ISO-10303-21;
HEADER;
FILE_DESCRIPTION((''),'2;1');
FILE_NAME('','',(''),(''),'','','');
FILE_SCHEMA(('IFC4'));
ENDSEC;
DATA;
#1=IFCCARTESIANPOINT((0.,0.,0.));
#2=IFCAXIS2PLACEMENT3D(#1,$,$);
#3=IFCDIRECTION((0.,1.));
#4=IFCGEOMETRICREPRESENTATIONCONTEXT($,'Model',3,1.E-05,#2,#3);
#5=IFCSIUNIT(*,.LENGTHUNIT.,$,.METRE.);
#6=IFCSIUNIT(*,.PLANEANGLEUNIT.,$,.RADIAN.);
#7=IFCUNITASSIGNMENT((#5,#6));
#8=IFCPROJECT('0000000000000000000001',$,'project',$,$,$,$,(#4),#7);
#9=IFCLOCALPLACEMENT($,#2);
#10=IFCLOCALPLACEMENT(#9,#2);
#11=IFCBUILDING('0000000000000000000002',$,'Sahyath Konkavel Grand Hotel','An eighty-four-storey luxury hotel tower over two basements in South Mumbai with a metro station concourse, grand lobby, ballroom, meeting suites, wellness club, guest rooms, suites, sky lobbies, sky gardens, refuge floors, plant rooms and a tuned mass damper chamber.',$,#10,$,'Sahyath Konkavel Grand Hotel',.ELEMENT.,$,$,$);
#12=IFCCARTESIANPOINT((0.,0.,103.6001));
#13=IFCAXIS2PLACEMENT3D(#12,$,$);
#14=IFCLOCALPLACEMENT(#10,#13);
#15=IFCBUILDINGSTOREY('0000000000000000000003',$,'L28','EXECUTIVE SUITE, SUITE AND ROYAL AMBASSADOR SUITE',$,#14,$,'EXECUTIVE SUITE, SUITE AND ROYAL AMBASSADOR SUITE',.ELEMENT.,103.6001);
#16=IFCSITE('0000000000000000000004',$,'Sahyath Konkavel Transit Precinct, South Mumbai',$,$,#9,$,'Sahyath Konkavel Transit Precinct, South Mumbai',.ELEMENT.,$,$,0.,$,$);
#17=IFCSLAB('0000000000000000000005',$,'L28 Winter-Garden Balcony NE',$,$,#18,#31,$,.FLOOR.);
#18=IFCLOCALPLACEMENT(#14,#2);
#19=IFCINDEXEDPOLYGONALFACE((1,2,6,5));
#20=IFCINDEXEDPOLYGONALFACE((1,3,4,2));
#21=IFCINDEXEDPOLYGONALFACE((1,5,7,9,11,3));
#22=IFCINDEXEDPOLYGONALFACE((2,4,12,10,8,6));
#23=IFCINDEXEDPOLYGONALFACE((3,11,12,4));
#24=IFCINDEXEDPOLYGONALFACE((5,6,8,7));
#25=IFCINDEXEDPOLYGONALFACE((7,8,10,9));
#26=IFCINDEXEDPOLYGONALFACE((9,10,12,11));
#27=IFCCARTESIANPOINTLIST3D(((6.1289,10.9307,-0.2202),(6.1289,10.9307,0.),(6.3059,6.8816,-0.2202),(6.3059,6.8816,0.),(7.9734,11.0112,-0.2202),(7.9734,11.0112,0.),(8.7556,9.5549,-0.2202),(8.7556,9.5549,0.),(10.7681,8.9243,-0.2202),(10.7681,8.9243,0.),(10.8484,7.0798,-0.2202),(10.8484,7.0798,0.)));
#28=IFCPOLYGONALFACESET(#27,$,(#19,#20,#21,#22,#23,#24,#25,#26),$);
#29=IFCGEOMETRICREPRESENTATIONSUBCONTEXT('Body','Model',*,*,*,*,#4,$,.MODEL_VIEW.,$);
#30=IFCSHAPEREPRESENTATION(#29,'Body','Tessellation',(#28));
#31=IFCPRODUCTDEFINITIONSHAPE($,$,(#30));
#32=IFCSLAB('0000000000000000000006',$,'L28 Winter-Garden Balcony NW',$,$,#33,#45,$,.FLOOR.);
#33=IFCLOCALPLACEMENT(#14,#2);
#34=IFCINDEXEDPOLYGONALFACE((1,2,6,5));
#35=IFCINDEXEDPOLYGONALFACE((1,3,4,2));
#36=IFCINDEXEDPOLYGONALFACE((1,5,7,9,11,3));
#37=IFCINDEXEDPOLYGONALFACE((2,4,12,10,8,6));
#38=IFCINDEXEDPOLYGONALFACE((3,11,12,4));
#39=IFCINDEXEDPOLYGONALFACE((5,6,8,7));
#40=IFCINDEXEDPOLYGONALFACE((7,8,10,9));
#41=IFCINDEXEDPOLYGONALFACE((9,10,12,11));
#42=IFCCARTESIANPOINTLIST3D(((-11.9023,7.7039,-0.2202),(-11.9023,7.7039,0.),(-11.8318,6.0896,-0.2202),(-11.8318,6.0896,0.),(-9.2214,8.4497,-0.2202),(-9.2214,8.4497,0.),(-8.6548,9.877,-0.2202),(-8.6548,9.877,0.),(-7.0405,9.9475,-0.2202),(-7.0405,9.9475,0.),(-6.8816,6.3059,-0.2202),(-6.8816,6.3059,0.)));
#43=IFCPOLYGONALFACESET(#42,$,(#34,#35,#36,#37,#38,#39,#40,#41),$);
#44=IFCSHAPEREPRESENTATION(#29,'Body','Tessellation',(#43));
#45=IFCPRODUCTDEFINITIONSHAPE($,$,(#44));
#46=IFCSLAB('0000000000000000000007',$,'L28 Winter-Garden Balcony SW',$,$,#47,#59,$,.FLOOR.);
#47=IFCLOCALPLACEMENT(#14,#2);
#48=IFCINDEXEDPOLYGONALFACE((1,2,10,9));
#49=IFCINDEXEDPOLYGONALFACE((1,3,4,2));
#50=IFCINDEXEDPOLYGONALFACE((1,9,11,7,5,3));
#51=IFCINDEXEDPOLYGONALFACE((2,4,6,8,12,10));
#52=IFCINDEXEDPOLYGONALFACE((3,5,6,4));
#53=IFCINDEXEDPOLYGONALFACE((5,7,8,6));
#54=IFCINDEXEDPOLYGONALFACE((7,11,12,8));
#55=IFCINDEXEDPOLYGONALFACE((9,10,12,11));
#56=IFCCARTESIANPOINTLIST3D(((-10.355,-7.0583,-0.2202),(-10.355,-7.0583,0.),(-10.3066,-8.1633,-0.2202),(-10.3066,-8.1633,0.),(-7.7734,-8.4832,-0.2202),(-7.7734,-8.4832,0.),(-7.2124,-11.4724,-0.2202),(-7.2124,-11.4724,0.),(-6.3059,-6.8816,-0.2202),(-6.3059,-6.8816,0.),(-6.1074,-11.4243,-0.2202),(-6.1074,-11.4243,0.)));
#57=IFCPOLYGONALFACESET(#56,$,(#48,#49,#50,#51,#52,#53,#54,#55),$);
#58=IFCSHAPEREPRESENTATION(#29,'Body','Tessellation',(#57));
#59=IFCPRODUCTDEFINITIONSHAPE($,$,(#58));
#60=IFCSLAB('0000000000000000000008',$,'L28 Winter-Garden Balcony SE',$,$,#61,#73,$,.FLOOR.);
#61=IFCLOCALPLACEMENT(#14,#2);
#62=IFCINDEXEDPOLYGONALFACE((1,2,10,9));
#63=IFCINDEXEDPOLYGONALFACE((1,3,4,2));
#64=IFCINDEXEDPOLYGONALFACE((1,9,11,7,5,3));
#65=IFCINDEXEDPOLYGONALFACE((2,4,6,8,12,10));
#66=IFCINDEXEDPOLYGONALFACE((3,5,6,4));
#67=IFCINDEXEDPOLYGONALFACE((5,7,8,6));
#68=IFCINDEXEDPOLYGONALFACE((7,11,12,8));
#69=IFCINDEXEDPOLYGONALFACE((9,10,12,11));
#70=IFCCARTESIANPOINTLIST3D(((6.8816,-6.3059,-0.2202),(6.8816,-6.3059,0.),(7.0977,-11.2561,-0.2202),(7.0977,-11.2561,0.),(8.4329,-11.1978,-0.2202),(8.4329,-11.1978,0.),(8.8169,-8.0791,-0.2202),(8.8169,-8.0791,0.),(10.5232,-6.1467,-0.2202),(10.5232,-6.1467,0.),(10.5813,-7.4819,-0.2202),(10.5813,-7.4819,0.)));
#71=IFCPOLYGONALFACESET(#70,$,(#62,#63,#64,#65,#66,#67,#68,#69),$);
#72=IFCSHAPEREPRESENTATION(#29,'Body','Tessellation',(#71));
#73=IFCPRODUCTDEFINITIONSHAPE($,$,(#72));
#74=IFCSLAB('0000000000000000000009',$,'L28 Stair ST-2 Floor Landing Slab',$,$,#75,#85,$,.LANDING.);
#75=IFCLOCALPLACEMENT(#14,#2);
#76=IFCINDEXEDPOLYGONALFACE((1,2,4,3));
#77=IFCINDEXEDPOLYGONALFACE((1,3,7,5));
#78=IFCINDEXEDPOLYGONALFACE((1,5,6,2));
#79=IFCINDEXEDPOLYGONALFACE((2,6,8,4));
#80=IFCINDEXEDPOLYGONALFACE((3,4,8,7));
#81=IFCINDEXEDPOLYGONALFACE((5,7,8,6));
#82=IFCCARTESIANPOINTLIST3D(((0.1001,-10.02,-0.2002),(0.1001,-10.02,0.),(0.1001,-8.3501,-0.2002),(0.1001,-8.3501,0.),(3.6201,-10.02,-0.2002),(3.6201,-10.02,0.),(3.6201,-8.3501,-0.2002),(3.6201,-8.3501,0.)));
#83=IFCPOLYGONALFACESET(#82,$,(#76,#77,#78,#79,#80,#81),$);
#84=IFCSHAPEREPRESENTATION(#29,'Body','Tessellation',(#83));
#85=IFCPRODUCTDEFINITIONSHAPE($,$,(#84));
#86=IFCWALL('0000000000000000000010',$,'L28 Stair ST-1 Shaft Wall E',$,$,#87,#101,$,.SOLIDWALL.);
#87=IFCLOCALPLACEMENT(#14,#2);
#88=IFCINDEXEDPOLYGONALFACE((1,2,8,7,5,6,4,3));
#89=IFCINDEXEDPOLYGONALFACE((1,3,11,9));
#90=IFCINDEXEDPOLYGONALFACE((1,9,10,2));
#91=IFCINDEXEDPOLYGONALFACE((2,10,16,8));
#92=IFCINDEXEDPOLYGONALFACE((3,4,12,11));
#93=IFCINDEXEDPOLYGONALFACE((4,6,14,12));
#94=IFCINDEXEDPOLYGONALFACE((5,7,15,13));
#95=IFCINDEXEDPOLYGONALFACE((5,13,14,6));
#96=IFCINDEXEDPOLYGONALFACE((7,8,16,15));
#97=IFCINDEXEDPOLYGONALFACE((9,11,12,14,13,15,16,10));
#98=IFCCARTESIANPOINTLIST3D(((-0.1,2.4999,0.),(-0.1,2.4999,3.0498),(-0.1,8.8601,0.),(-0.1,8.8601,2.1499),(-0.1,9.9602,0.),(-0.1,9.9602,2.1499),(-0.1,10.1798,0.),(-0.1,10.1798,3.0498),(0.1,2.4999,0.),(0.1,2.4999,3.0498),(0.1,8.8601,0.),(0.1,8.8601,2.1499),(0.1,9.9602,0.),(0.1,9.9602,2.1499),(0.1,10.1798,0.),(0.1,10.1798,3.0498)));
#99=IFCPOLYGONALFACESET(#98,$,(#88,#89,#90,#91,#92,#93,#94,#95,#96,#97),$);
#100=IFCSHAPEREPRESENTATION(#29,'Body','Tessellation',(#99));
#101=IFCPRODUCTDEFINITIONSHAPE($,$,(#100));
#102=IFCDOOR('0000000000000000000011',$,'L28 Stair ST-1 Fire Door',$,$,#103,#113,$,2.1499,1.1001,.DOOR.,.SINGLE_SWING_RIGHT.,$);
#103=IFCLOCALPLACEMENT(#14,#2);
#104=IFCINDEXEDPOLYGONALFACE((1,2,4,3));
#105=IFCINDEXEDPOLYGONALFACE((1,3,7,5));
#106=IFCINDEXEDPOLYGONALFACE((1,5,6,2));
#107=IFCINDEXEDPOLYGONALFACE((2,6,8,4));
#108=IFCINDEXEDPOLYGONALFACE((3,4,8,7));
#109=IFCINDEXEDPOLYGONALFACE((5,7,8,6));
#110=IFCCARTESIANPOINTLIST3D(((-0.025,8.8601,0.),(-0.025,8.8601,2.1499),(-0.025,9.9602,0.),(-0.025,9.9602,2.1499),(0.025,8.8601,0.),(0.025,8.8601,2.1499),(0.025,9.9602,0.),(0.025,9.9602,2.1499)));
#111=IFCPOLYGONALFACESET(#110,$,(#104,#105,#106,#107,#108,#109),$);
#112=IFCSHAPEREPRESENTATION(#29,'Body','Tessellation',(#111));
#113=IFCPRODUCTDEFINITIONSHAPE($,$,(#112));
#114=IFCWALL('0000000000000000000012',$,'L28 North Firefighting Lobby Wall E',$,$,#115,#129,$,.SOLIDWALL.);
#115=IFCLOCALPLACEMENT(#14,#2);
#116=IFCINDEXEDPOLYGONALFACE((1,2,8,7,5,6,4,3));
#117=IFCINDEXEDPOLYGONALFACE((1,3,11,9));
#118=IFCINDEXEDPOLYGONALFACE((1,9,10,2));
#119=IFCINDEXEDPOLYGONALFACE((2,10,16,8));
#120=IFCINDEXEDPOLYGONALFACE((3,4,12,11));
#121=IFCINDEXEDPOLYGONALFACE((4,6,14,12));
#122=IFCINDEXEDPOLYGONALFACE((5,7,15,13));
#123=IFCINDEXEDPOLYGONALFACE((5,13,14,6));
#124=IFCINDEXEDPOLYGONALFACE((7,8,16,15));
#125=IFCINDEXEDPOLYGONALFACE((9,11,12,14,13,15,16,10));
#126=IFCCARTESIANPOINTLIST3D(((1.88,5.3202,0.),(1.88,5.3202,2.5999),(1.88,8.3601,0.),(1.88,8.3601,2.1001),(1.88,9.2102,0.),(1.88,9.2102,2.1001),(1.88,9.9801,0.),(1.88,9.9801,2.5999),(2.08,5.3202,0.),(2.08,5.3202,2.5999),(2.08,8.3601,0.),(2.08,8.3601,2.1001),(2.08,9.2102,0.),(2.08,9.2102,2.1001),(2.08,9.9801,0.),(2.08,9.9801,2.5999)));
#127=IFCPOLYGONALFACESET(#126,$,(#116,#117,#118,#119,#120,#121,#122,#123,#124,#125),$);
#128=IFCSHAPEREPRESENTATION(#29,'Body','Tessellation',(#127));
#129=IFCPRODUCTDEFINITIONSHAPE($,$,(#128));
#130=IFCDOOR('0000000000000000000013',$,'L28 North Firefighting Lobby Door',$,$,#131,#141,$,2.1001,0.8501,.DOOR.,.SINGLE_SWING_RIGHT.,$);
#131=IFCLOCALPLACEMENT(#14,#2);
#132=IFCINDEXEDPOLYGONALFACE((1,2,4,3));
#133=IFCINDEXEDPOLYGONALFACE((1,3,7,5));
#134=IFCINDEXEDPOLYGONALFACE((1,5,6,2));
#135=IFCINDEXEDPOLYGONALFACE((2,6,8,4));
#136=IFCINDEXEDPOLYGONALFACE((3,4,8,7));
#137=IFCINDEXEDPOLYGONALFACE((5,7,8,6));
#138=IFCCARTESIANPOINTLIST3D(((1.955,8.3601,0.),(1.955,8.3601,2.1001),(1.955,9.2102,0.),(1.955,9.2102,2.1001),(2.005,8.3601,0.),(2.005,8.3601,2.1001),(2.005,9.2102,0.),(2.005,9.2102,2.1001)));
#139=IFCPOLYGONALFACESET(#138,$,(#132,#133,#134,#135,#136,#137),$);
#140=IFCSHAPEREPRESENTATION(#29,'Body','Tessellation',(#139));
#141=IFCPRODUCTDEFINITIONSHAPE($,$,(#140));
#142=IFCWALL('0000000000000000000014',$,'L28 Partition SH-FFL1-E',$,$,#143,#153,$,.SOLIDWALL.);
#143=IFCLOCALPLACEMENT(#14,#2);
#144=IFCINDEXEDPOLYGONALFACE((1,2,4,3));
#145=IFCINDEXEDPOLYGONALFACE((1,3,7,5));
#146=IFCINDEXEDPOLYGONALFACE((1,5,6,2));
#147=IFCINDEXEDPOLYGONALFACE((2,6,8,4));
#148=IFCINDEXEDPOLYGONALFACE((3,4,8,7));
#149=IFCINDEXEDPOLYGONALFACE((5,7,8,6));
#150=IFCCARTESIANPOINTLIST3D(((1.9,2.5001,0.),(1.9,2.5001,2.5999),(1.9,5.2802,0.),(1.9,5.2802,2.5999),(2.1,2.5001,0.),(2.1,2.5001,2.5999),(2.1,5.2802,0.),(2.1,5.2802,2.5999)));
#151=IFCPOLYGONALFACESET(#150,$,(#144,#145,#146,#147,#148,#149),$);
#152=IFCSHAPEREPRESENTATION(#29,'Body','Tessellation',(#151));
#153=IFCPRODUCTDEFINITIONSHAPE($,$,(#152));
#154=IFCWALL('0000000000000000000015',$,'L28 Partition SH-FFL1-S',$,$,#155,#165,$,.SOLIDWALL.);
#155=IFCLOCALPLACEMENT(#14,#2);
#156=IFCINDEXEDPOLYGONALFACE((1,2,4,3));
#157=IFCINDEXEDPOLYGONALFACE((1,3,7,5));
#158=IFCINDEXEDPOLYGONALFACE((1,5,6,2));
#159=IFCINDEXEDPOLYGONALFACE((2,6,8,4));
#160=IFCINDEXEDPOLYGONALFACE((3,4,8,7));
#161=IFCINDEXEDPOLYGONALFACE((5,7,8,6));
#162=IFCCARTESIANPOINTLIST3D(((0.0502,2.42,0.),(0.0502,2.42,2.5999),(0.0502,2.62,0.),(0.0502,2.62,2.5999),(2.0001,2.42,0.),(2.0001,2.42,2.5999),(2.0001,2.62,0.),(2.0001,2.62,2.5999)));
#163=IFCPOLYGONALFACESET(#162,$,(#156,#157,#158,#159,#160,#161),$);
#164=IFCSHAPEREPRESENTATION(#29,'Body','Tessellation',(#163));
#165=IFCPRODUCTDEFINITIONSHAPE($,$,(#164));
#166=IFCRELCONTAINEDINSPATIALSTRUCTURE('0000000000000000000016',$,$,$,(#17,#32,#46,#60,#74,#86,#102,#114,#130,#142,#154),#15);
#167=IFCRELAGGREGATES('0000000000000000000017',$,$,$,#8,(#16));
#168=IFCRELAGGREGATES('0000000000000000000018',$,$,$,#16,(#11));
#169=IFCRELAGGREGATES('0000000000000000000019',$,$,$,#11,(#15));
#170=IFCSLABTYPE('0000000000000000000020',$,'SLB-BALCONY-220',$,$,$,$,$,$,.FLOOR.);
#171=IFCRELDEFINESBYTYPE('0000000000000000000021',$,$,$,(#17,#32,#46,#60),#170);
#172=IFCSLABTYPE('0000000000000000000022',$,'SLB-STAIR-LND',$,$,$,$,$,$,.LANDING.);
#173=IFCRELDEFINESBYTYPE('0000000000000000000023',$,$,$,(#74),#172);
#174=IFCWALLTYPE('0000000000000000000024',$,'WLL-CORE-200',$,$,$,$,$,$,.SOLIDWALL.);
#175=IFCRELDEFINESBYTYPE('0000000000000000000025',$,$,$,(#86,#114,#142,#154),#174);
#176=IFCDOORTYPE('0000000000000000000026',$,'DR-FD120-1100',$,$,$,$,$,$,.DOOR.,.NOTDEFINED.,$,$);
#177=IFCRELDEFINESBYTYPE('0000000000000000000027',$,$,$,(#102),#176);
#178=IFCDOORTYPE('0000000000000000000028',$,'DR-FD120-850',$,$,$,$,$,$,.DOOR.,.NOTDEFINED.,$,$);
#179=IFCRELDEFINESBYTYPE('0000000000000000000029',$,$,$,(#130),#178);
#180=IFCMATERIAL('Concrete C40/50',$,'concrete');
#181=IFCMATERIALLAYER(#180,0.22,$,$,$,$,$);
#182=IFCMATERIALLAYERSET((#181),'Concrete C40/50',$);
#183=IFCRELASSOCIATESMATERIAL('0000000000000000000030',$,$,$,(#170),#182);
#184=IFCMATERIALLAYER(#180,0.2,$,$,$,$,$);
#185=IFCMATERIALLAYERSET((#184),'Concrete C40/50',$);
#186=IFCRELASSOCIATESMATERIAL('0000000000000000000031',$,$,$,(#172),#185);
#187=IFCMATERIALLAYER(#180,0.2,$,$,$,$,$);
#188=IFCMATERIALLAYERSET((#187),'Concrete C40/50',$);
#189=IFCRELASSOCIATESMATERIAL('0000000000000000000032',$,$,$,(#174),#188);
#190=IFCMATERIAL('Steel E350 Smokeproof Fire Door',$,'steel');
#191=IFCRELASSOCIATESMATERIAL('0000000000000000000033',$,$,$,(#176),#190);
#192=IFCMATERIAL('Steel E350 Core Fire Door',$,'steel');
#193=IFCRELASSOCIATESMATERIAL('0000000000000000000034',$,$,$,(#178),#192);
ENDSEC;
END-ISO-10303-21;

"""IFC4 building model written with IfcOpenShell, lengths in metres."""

from ifc_helpers import new_model, si_unit, direction, frame, frame_2d, origin, origin_2d, place, context, subcontext, project, spatial, polyline, rectangle, outline, extrude, source, transform, mapped, material, layer, layer_set, type_object, element, fill, save


model = new_model("IFC4")

# Units and contexts
model_context = context("Model", 3, precision=1e-05, world=origin(), true_north=direction((0.0, 1.0)))
body_context = subcontext(model_context, "Body", "Model", "MODEL_VIEW")
ifc_project = project(units=[si_unit("LENGTHUNIT", "METRE"), si_unit("PLANEANGLEUNIT", "RADIAN")], contexts=[model_context])

# Site, building, storey
site_placement = place(None, origin())
site = spatial("IfcSite", under=ifc_project, at=site_placement, Name="Sahyath Konkavel Transit Precinct, South Mumbai", LongName="Sahyath Konkavel Transit Precinct, South Mumbai", CompositionType="ELEMENT", RefElevation=0.0)
building_placement = place(site_placement, origin())
building = spatial("IfcBuilding", under=site, at=building_placement, Name="Sahyath Konkavel Grand Hotel", Description="An eighty-four-storey luxury hotel tower over two basements in South Mumbai with a metro station concourse, grand lobby, ballroom, meeting suites, wellness club, guest rooms, suites, sky lobbies, sky gardens, refuge floors, plant rooms and a tuned mass damper chamber.", LongName="Sahyath Konkavel Grand Hotel", CompositionType="ELEMENT")
storey_placement = place(building_placement, frame((0.0, 0.0, 103.6001)))
storey = spatial("IfcBuildingStorey", under=building, at=storey_placement, Name="L28", Description="EXECUTIVE SUITE, SUITE AND ROYAL AMBASSADOR SUITE", LongName="EXECUTIVE SUITE, SUITE AND ROYAL AMBASSADOR SUITE", CompositionType="ELEMENT", Elevation=103.6001)

# Slabs
ifc_material_1 = material(Name="Concrete C40/50", Category="concrete")
ifc_layer_1 = layer(ifc_material_1, 0.22)
ifc_layer_set_1 = layer_set([ifc_layer_1], Name="Concrete C40/50")
slab_type_1 = type_object("IfcSlabType", Name="SLB-BALCONY-220", PredefinedType="FLOOR", material=ifc_layer_set_1)
slab_1_placement = place(storey_placement, frame((0.0, 0.0, -0.2202)))
element("IfcSlab", 1, at=slab_1_placement, inside=storey, type_object=slab_type_1, Name="L28 Winter-Garden Balcony NE", PredefinedType="FLOOR", context=body_context, shape_type="SweptSolid", body=[
    extrude(outline(polyline([(6.3059, 6.8816), (10.8484, 7.0798), (10.7681, 8.9243), (8.7556, 9.5549), (7.9734, 11.0112), (6.1289, 10.9307), (6.3059, 6.8816)])), origin(), (0.0, 0.0, 1.0), 0.2202),
])
slab_2_placement = place(storey_placement, frame((0.0, 0.0, -0.2202)))
element("IfcSlab", 2, at=slab_2_placement, inside=storey, type_object=slab_type_1, Name="L28 Winter-Garden Balcony NW", PredefinedType="FLOOR", context=body_context, shape_type="SweptSolid", body=[
    extrude(outline(polyline([(-6.8816, 6.3059), (-7.0405, 9.9475), (-8.6548, 9.877), (-9.2214, 8.4497), (-11.9023, 7.7039), (-11.8318, 6.0896), (-6.8816, 6.3059)])), origin(), (0.0, 0.0, 1.0), 0.2202),
])
slab_3_placement = place(storey_placement, frame((0.0, 0.0, -0.2202)))
element("IfcSlab", 3, at=slab_3_placement, inside=storey, type_object=slab_type_1, Name="L28 Winter-Garden Balcony SW", PredefinedType="FLOOR", context=body_context, shape_type="SweptSolid", body=[
    extrude(outline(polyline([(-6.3059, -6.8816), (-10.355, -7.0583), (-10.3066, -8.1633), (-7.7734, -8.4832), (-7.2124, -11.4724), (-6.1074, -11.4243), (-6.3059, -6.8816)])), origin(), (0.0, 0.0, 1.0), 0.2202),
])
slab_4_placement = place(storey_placement, frame((0.0, 0.0, -0.2202)))
element("IfcSlab", 4, at=slab_4_placement, inside=storey, type_object=slab_type_1, Name="L28 Winter-Garden Balcony SE", PredefinedType="FLOOR", context=body_context, shape_type="SweptSolid", body=[
    extrude(outline(polyline([(6.8816, -6.3059), (7.0977, -11.2561), (8.4329, -11.1978), (8.8169, -8.0791), (10.5813, -7.4819), (10.5232, -6.1467), (6.8816, -6.3059)])), origin(), (0.0, 0.0, 1.0), 0.2202),
])
ifc_layer_2 = layer(ifc_material_1, 0.2)
ifc_layer_set_2 = layer_set([ifc_layer_2], Name="Concrete C40/50")
slab_type_2 = type_object("IfcSlabType", Name="SLB-STAIR-LND", PredefinedType="LANDING", material=ifc_layer_set_2)
slab_5_placement = place(storey_placement, frame((0.0, 0.0, -0.2002)))
element("IfcSlab", 5, at=slab_5_placement, inside=storey, type_object=slab_type_2, Name="L28 Stair ST-2 Floor Landing Slab", PredefinedType="LANDING", context=body_context, shape_type="SweptSolid", body=[
    extrude(outline(polyline([(0.1001, -10.02), (3.6201, -10.02), (3.6201, -8.3501), (0.1001, -8.3501), (0.1001, -10.02)])), origin(), (0.0, 0.0, 1.0), 0.2002),
])

# Walls, openings, doors
ifc_layer_3 = layer(ifc_material_1, 0.2)
ifc_layer_set_3 = layer_set([ifc_layer_3], Name="Concrete C40/50")
wall_type_1 = type_object("IfcWallType", Name="WLL-CORE-200", PredefinedType="SOLIDWALL", material=ifc_layer_set_3)
wall_1_placement = place(storey_placement, frame((0.0, 2.5, 0.0), z_axis=(0.0, 0.0, 1.0), x_axis=(0.0, 1.0, 0.0)))
wall_1 = element("IfcWall", 6, at=wall_1_placement, inside=storey, type_object=wall_type_1, Name="L28 Stair ST-1 Shaft Wall E", PredefinedType="SOLIDWALL", context=body_context, shape_type="SweptSolid", body=[
    extrude(rectangle(XDim=7.6799, YDim=0.2, at=frame_2d((3.8398, 0.0))), origin(), (0.0, 0.0, 1.0), 3.0498),
])
opening_1_placement = place(wall_1_placement, frame((6.3601, 0.0, 0.0)))
opening_1 = element("IfcOpeningElement", 7, at=opening_1_placement, cuts=wall_1, PredefinedType="OPENING", context=body_context, shape_type="SweptSolid", body=[
    extrude(rectangle(XDim=1.1001, YDim=2.1499, at=frame_2d((0.55, 1.075))), frame((0.0, 0.1099, 0.0), z_axis=(0.0, -1.0, 0.0), x_axis=(1.0, 0.0, 0.0)), (0.0, 0.0, 1.0), 0.22),
])
ifc_material_2 = material(Name="Steel E350 Smokeproof Fire Door", Category="steel")
door_type_1 = type_object("IfcDoorType", Name="DR-FD120-1100", OperationType="NOTDEFINED", PredefinedType="DOOR", material=ifc_material_2)
shared_shape_1 = source(origin(), body_context, "Body", "SweptSolid", [
    extrude(rectangle(XDim=1.1001, YDim=0.05, at=origin_2d()), origin(), (0.0, 0.0, 1.0), 2.1499),
])
door_1_placement = place(opening_1_placement, frame((0.55, 0.0, 0.0)))
door_1 = element("IfcDoor", 8, at=door_1_placement, inside=storey, type_object=door_type_1, Name="L28 Stair ST-1 Fire Door", OperationType="SINGLE_SWING_RIGHT", OverallHeight=2.1499, OverallWidth=1.1001, PredefinedType="DOOR", context=body_context, shape_type="MappedRepresentation", body=[
    mapped(shared_shape_1, transform((0.0, 0.0, 0.0), scale=1.0)),
])
fill(opening_1, door_1)
wall_2_placement = place(storey_placement, frame((1.98, 5.3201, 0.0), z_axis=(0.0, 0.0, 1.0), x_axis=(0.0, 1.0, 0.0)))
wall_2 = element("IfcWall", 9, at=wall_2_placement, inside=storey, type_object=wall_type_1, Name="L28 North Firefighting Lobby Wall E", PredefinedType="SOLIDWALL", context=body_context, shape_type="SweptSolid", body=[
    extrude(rectangle(XDim=4.6599, YDim=0.2, at=frame_2d((2.3301, 0.0))), origin(), (0.0, 0.0, 1.0), 2.5999),
])
opening_2_placement = place(wall_2_placement, frame((3.04, 0.0, 0.0)))
opening_2 = element("IfcOpeningElement", 10, at=opening_2_placement, cuts=wall_2, PredefinedType="OPENING", context=body_context, shape_type="SweptSolid", body=[
    extrude(rectangle(XDim=0.8501, YDim=2.1001, at=frame_2d((0.425, 1.05))), frame((0.0, 0.1099, 0.0), z_axis=(0.0, -1.0, 0.0), x_axis=(1.0, 0.0, 0.0)), (0.0, 0.0, 1.0), 0.22),
])
ifc_material_3 = material(Name="Steel E350 Core Fire Door", Category="steel")
door_type_2 = type_object("IfcDoorType", Name="DR-FD120-850", OperationType="NOTDEFINED", PredefinedType="DOOR", material=ifc_material_3)
shared_shape_2 = source(origin(), body_context, "Body", "SweptSolid", [
    extrude(rectangle(XDim=0.8501, YDim=0.05, at=origin_2d()), origin(), (0.0, 0.0, 1.0), 2.1001),
])
door_2_placement = place(opening_2_placement, frame((0.425, 0.0, 0.0)))
door_2 = element("IfcDoor", 11, at=door_2_placement, inside=storey, type_object=door_type_2, Name="L28 North Firefighting Lobby Door", OperationType="SINGLE_SWING_RIGHT", OverallHeight=2.1001, OverallWidth=0.8501, PredefinedType="DOOR", context=body_context, shape_type="MappedRepresentation", body=[
    mapped(shared_shape_2, transform((0.0, 0.0, 0.0), scale=1.0)),
])
fill(opening_2, door_2)

# Walls
wall_3_placement = place(storey_placement, frame((2.0, 2.5, 0.0), z_axis=(0.0, 0.0, 1.0), x_axis=(0.0, 1.0, 0.0)))
element("IfcWall", 12, at=wall_3_placement, inside=storey, type_object=wall_type_1, Name="L28 Partition SH-FFL1-E", PredefinedType="SOLIDWALL", context=body_context, shape_type="SweptSolid", body=[
    extrude(rectangle(XDim=2.78, YDim=0.2, at=frame_2d((1.3901, 0.0))), origin(), (0.0, 0.0, 1.0), 2.5999),
])
wall_4_placement = place(storey_placement, frame((0.05, 2.52, 0.0), z_axis=(0.0, 0.0, 1.0), x_axis=(1.0, 0.0, 0.0)))
element("IfcWall", 13, at=wall_4_placement, inside=storey, type_object=wall_type_1, Name="L28 Partition SH-FFL1-S", PredefinedType="SOLIDWALL", context=body_context, shape_type="SweptSolid", body=[
    extrude(rectangle(XDim=1.95, YDim=0.2, at=frame_2d((0.9751, 0.0))), origin(), (0.0, 0.0, 1.0), 2.5999),
])

save(model, "model.ifc")
